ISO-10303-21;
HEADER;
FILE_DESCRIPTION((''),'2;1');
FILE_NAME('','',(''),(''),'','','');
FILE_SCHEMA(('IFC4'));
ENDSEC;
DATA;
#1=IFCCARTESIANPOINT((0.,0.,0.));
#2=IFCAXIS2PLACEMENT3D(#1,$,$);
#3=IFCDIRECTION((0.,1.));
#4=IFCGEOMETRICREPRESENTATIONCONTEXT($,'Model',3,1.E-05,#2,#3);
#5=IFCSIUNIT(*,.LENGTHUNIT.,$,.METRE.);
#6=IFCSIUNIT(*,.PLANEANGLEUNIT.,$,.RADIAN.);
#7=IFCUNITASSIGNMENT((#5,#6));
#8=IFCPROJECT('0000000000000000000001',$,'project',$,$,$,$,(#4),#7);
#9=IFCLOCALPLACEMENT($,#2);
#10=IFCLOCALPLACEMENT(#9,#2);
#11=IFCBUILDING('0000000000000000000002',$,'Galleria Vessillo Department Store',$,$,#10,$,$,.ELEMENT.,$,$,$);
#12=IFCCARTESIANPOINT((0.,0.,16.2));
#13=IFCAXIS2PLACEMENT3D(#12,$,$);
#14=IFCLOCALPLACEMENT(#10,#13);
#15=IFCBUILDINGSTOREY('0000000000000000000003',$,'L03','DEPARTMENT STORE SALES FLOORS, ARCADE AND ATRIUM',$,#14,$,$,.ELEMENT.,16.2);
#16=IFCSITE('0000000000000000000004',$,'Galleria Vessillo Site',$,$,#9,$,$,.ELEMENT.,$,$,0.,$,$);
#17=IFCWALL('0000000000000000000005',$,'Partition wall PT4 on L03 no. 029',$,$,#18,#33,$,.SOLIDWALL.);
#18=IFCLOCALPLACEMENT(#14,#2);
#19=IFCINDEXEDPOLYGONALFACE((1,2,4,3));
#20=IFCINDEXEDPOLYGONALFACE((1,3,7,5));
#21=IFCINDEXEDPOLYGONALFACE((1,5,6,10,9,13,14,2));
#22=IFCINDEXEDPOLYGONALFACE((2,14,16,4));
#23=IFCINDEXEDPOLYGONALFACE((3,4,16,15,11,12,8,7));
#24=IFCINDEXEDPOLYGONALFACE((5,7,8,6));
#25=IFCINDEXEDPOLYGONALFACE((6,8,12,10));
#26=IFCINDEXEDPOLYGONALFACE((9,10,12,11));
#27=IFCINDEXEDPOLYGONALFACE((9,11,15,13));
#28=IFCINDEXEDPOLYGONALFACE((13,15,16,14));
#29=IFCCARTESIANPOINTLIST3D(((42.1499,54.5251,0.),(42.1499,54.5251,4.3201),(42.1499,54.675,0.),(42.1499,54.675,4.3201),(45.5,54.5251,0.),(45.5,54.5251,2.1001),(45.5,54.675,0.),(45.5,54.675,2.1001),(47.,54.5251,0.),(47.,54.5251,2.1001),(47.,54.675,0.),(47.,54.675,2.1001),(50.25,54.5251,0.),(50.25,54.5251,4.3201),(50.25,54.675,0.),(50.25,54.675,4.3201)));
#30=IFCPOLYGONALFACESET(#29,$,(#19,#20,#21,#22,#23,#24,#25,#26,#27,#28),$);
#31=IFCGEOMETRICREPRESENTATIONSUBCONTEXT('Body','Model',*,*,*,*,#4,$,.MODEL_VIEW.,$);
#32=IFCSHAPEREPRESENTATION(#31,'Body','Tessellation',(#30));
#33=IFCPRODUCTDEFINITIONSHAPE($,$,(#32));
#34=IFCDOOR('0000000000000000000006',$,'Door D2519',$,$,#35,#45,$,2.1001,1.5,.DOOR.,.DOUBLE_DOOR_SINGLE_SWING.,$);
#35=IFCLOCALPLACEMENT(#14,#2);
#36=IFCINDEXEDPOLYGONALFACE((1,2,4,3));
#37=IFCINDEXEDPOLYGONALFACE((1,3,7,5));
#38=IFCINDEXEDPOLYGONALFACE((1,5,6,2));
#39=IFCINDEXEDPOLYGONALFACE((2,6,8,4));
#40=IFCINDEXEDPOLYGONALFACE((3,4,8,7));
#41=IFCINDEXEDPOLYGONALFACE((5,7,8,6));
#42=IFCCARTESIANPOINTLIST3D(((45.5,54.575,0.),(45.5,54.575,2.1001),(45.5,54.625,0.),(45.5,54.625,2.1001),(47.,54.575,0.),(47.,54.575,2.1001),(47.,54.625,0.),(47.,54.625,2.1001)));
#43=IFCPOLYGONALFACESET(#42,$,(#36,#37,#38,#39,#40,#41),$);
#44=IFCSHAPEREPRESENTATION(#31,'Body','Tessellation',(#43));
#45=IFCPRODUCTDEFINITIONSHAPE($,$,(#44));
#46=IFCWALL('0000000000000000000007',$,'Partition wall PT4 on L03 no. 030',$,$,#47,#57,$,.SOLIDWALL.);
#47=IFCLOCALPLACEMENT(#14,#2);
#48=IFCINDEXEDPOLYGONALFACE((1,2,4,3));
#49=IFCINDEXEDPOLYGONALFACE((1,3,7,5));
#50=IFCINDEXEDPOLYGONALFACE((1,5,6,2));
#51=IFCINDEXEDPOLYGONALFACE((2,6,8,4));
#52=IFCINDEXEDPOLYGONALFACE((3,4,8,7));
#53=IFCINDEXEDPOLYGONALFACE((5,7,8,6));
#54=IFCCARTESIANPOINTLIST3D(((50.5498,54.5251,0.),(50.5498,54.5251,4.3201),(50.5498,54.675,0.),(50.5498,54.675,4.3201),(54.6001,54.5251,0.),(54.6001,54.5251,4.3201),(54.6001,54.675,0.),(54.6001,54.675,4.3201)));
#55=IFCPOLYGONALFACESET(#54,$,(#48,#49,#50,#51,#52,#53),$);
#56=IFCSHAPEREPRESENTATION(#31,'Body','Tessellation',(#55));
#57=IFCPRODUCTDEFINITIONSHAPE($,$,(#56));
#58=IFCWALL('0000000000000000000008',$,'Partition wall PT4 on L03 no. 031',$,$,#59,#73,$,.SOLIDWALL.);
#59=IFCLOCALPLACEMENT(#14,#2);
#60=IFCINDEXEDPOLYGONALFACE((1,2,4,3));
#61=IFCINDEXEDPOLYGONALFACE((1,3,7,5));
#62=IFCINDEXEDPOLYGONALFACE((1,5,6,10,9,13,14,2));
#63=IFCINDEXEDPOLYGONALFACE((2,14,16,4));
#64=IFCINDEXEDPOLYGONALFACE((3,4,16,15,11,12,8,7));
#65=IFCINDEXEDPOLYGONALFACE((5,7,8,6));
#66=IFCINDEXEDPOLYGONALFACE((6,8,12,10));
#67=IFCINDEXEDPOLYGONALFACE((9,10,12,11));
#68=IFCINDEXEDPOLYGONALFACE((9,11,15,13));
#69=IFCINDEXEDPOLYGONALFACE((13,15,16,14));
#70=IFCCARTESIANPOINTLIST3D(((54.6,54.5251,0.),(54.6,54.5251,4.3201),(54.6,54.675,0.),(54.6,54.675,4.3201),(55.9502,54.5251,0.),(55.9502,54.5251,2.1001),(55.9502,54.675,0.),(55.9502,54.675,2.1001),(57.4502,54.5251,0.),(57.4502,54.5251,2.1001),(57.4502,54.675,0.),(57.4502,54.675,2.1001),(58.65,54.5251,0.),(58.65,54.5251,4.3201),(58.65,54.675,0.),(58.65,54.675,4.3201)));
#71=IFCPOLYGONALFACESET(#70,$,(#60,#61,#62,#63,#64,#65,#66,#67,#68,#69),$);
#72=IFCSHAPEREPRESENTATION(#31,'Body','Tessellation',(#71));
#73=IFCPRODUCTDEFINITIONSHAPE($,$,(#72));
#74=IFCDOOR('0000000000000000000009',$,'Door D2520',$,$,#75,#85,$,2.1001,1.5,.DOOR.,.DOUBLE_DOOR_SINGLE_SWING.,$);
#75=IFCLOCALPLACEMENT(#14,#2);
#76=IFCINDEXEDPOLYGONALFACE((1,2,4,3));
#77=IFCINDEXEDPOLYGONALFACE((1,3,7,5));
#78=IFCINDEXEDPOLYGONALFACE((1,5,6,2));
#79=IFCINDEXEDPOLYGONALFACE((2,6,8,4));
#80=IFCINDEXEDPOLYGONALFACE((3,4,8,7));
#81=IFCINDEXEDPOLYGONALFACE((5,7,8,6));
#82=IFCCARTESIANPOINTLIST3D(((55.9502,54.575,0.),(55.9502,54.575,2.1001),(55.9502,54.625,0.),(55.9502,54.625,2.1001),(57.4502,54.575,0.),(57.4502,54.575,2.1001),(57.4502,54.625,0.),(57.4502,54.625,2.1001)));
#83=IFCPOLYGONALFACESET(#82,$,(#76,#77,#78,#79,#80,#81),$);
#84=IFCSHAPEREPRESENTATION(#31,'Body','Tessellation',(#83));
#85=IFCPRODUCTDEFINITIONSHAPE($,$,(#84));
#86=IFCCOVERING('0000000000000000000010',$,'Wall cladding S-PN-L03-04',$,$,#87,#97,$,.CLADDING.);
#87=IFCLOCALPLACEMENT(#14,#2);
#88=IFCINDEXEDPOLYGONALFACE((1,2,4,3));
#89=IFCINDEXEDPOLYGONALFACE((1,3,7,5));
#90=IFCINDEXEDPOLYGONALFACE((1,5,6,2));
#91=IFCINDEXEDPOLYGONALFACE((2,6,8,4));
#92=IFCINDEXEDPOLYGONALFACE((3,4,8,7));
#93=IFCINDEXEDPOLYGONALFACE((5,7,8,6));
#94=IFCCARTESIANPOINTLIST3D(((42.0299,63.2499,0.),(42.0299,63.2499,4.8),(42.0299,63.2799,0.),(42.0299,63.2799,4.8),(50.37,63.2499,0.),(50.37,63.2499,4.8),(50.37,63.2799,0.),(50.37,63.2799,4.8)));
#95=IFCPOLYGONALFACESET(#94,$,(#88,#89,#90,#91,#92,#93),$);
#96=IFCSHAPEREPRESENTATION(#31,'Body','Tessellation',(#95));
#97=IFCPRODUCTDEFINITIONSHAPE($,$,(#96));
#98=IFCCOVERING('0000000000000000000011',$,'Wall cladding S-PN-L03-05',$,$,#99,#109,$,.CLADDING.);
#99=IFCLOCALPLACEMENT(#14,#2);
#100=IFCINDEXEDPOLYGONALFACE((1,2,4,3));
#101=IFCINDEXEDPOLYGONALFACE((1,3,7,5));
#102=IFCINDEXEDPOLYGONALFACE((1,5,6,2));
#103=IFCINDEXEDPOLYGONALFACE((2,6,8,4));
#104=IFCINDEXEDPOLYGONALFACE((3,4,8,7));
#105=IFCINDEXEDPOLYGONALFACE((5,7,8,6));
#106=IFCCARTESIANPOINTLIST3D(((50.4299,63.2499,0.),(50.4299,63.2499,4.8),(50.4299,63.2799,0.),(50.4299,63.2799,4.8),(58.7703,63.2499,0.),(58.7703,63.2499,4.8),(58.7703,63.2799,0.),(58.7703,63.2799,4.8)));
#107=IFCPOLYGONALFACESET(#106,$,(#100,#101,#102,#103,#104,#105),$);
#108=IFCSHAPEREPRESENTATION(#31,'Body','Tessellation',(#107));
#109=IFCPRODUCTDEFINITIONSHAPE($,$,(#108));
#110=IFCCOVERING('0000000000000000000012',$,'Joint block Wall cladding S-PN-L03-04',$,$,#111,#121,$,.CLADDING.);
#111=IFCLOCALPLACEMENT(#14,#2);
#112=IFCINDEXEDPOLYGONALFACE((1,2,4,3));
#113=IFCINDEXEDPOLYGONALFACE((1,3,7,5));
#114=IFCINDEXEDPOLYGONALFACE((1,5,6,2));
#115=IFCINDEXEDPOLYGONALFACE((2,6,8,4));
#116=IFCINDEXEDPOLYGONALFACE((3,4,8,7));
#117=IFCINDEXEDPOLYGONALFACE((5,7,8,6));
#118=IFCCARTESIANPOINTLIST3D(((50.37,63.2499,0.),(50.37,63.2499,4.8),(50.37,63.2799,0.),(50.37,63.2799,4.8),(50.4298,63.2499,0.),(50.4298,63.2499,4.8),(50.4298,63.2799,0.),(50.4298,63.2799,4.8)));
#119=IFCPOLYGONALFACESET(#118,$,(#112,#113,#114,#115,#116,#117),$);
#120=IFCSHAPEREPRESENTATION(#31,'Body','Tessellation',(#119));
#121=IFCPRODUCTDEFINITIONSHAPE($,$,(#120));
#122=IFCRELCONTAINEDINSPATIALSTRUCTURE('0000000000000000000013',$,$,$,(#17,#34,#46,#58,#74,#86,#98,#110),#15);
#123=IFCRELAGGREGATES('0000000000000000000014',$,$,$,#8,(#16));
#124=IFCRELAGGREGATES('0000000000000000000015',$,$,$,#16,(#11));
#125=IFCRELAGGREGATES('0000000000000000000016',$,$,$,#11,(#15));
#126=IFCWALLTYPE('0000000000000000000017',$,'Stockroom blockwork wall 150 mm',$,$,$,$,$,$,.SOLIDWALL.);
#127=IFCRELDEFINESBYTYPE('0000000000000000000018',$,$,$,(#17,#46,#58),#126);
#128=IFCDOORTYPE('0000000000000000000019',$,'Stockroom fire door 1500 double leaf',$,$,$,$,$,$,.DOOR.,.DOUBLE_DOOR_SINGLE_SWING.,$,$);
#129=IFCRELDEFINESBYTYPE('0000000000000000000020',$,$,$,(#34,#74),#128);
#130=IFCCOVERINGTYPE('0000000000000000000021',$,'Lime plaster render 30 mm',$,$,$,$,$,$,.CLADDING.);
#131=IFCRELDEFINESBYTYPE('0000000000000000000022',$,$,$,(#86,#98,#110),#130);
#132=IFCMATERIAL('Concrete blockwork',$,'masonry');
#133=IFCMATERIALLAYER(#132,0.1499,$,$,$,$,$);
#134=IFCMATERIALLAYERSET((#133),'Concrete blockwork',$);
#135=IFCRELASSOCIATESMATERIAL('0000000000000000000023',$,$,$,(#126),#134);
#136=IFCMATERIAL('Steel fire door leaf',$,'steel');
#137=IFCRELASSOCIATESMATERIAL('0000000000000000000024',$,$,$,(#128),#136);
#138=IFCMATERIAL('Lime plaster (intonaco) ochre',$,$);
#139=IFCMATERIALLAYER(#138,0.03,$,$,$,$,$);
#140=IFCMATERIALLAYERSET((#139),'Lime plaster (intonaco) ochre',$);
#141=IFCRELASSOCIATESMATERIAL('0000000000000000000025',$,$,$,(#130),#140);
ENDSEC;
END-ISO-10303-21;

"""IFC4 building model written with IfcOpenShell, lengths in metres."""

from ifc_helpers import new_model, si_unit, direction, frame, frame_2d, origin, origin_2d, place, context, subcontext, project, spatial, rectangle, extrude, material, layer, layer_set, type_object, element, fill, save


model = new_model("IFC4")

# Units and contexts
model_context = context("Model", 3, precision=1e-05, world=origin(), true_north=direction((0.0, 1.0)))
body_context = subcontext(model_context, "Body", "Model", "MODEL_VIEW")
ifc_project = project(units=[si_unit("LENGTHUNIT", "METRE"), si_unit("PLANEANGLEUNIT", "RADIAN")], contexts=[model_context])

# Site, building, storey
site_placement = place(None, origin())
site = spatial("IfcSite", under=ifc_project, at=site_placement, Name="Galleria Vessillo Site", CompositionType="ELEMENT", RefElevation=0.0)
building_placement = place(site_placement, origin())
building = spatial("IfcBuilding", under=site, at=building_placement, Name="Galleria Vessillo Department Store", CompositionType="ELEMENT")
storey_placement = place(building_placement, frame((0.0, 0.0, 16.2)))
storey = spatial("IfcBuildingStorey", under=building, at=storey_placement, Name="L03", Description="DEPARTMENT STORE SALES FLOORS, ARCADE AND ATRIUM", CompositionType="ELEMENT", Elevation=16.2)

# Shared definitions
ifc_material_1 = material(Name="Concrete blockwork", Category="masonry")
ifc_layer_1 = layer(ifc_material_1, 0.1499)
ifc_layer_set_1 = layer_set([ifc_layer_1], Name="Concrete blockwork")
wall_type_1 = type_object("IfcWallType", Name="Stockroom blockwork wall 150 mm", PredefinedType="SOLIDWALL", material=ifc_layer_set_1)

# Wall, opening, door
wall_1_placement = place(storey_placement, frame((42.1499, 54.6001, 0.0), z_axis=(0.0, 0.0, 1.0), x_axis=(1.0, 0.0, 0.0)))
wall_1 = element("IfcWall", 1, at=wall_1_placement, inside=storey, type_object=wall_type_1, Name="Partition wall PT4 on L03 no. 029", PredefinedType="SOLIDWALL", context=body_context, shape_type="SweptSolid", body=[
    extrude(rectangle(XDim=8.1001, YDim=0.1499, at=frame_2d((4.05, 0.0))), origin(), (0.0, 0.0, 1.0), 4.3201),
])
opening_1_placement = place(wall_1_placement, frame((3.3501, 0.0, 0.0)))
opening_1 = element("IfcOpeningElement", 2, at=opening_1_placement, cuts=wall_1, PredefinedType="OPENING", context=body_context, shape_type="SweptSolid", body=[
    extrude(rectangle(XDim=1.5, YDim=2.1001, at=frame_2d((0.75, 1.05))), frame((0.0, 0.085, 0.0), z_axis=(0.0, -1.0, 0.0), x_axis=(1.0, 0.0, 0.0)), (0.0, 0.0, 1.0), 0.1699),
])
ifc_material_2 = material(Name="Steel fire door leaf", Category="steel")
door_type = type_object("IfcDoorType", Name="Stockroom fire door 1500 double leaf", OperationType="DOUBLE_DOOR_SINGLE_SWING", PredefinedType="DOOR", material=ifc_material_2)
door_1_placement = place(opening_1_placement, origin())
door_1 = element("IfcDoor", 3, at=door_1_placement, inside=storey, type_object=door_type, Name="Door D2519", OperationType="DOUBLE_DOOR_SINGLE_SWING", OverallHeight=2.1001, OverallWidth=1.5, PredefinedType="DOOR", context=body_context, shape_type="SweptSolid", body=[
    extrude(rectangle(XDim=1.5, YDim=2.1001, at=frame_2d((0.75, 1.05))), frame((0.0, 0.0249, 0.0), z_axis=(0.0, -1.0, 0.0), x_axis=(1.0, 0.0, 0.0)), (0.0, 0.0, 1.0), 0.05),
])
fill(opening_1, door_1)

# Wall
wall_2_placement = place(storey_placement, frame((50.5498, 54.6001, 0.0), z_axis=(0.0, 0.0, 1.0), x_axis=(1.0, 0.0, 0.0)))
element("IfcWall", 4, at=wall_2_placement, inside=storey, type_object=wall_type_1, Name="Partition wall PT4 on L03 no. 030", PredefinedType="SOLIDWALL", context=body_context, shape_type="SweptSolid", body=[
    extrude(rectangle(XDim=4.0503, YDim=0.1499, at=frame_2d((2.0251, 0.0))), origin(), (0.0, 0.0, 1.0), 4.3201),
])

# Wall, opening, door
wall_3_placement = place(storey_placement, frame((54.6001, 54.6001, 0.0), z_axis=(0.0, 0.0, 1.0), x_axis=(1.0, 0.0, 0.0)))
wall_3 = element("IfcWall", 5, at=wall_3_placement, inside=storey, type_object=wall_type_1, Name="Partition wall PT4 on L03 no. 031", PredefinedType="SOLIDWALL", context=body_context, shape_type="SweptSolid", body=[
    extrude(rectangle(XDim=4.05, YDim=0.1499, at=frame_2d((2.0249, 0.0))), origin(), (0.0, 0.0, 1.0), 4.3201),
])
opening_2_placement = place(wall_3_placement, frame((1.3501, 0.0, 0.0)))
opening_2 = element("IfcOpeningElement", 6, at=opening_2_placement, cuts=wall_3, PredefinedType="OPENING", context=body_context, shape_type="SweptSolid", body=[
    extrude(rectangle(XDim=1.5, YDim=2.1001, at=frame_2d((0.75, 1.05))), frame((0.0, 0.085, 0.0), z_axis=(0.0, -1.0, 0.0), x_axis=(1.0, 0.0, 0.0)), (0.0, 0.0, 1.0), 0.1699),
])
door_2_placement = place(opening_2_placement, origin())
door_2 = element("IfcDoor", 7, at=door_2_placement, inside=storey, type_object=door_type, Name="Door D2520", OperationType="DOUBLE_DOOR_SINGLE_SWING", OverallHeight=2.1001, OverallWidth=1.5, PredefinedType="DOOR", context=body_context, shape_type="SweptSolid", body=[
    extrude(rectangle(XDim=1.5, YDim=2.1001, at=frame_2d((0.75, 1.05))), frame((0.0, 0.0249, 0.0), z_axis=(0.0, -1.0, 0.0), x_axis=(1.0, 0.0, 0.0)), (0.0, 0.0, 1.0), 0.05),
])
fill(opening_2, door_2)

# Coverings
ifc_material_3 = material(Name="Lime plaster (intonaco) ochre")
ifc_layer_2 = layer(ifc_material_3, 0.03)
ifc_layer_set_2 = layer_set([ifc_layer_2], Name="Lime plaster (intonaco) ochre")
covering_type = type_object("IfcCoveringType", Name="Lime plaster render 30 mm", PredefinedType="CLADDING", material=ifc_layer_set_2)
covering_1_placement = place(storey_placement, frame((46.2, 63.2649, 0.0), z_axis=(0.0, 0.0, 1.0), x_axis=(1.0, 0.0, 0.0)))
element("IfcCovering", 8, at=covering_1_placement, inside=storey, type_object=covering_type, Name="Wall cladding S-PN-L03-04", PredefinedType="CLADDING", context=body_context, shape_type="SweptSolid", body=[
    extrude(rectangle(XDim=8.3401, YDim=0.03, at=origin_2d()), origin(), (0.0, 0.0, 1.0), 4.8),
])
covering_2_placement = place(storey_placement, frame((54.6001, 63.2649, 0.0), z_axis=(0.0, 0.0, 1.0), x_axis=(1.0, 0.0, 0.0)))
element("IfcCovering", 9, at=covering_2_placement, inside=storey, type_object=covering_type, Name="Wall cladding S-PN-L03-05", PredefinedType="CLADDING", context=body_context, shape_type="SweptSolid", body=[
    extrude(rectangle(XDim=8.3403, YDim=0.03, at=origin_2d()), origin(), (0.0, 0.0, 1.0), 4.8),
])
covering_3_placement = place(storey_placement, frame((50.3999, 63.2649, 0.0), z_axis=(0.0, 0.0, 1.0), x_axis=(1.0, 0.0, 0.0)))
element("IfcCovering", 10, at=covering_3_placement, inside=storey, type_object=covering_type, Name="Joint block Wall cladding S-PN-L03-04", PredefinedType="CLADDING", context=body_context, shape_type="SweptSolid", body=[
    extrude(rectangle(XDim=0.0598, YDim=0.03, at=origin_2d()), origin(), (0.0, 0.0, 1.0), 4.8),
])

save(model, "model.ifc")
